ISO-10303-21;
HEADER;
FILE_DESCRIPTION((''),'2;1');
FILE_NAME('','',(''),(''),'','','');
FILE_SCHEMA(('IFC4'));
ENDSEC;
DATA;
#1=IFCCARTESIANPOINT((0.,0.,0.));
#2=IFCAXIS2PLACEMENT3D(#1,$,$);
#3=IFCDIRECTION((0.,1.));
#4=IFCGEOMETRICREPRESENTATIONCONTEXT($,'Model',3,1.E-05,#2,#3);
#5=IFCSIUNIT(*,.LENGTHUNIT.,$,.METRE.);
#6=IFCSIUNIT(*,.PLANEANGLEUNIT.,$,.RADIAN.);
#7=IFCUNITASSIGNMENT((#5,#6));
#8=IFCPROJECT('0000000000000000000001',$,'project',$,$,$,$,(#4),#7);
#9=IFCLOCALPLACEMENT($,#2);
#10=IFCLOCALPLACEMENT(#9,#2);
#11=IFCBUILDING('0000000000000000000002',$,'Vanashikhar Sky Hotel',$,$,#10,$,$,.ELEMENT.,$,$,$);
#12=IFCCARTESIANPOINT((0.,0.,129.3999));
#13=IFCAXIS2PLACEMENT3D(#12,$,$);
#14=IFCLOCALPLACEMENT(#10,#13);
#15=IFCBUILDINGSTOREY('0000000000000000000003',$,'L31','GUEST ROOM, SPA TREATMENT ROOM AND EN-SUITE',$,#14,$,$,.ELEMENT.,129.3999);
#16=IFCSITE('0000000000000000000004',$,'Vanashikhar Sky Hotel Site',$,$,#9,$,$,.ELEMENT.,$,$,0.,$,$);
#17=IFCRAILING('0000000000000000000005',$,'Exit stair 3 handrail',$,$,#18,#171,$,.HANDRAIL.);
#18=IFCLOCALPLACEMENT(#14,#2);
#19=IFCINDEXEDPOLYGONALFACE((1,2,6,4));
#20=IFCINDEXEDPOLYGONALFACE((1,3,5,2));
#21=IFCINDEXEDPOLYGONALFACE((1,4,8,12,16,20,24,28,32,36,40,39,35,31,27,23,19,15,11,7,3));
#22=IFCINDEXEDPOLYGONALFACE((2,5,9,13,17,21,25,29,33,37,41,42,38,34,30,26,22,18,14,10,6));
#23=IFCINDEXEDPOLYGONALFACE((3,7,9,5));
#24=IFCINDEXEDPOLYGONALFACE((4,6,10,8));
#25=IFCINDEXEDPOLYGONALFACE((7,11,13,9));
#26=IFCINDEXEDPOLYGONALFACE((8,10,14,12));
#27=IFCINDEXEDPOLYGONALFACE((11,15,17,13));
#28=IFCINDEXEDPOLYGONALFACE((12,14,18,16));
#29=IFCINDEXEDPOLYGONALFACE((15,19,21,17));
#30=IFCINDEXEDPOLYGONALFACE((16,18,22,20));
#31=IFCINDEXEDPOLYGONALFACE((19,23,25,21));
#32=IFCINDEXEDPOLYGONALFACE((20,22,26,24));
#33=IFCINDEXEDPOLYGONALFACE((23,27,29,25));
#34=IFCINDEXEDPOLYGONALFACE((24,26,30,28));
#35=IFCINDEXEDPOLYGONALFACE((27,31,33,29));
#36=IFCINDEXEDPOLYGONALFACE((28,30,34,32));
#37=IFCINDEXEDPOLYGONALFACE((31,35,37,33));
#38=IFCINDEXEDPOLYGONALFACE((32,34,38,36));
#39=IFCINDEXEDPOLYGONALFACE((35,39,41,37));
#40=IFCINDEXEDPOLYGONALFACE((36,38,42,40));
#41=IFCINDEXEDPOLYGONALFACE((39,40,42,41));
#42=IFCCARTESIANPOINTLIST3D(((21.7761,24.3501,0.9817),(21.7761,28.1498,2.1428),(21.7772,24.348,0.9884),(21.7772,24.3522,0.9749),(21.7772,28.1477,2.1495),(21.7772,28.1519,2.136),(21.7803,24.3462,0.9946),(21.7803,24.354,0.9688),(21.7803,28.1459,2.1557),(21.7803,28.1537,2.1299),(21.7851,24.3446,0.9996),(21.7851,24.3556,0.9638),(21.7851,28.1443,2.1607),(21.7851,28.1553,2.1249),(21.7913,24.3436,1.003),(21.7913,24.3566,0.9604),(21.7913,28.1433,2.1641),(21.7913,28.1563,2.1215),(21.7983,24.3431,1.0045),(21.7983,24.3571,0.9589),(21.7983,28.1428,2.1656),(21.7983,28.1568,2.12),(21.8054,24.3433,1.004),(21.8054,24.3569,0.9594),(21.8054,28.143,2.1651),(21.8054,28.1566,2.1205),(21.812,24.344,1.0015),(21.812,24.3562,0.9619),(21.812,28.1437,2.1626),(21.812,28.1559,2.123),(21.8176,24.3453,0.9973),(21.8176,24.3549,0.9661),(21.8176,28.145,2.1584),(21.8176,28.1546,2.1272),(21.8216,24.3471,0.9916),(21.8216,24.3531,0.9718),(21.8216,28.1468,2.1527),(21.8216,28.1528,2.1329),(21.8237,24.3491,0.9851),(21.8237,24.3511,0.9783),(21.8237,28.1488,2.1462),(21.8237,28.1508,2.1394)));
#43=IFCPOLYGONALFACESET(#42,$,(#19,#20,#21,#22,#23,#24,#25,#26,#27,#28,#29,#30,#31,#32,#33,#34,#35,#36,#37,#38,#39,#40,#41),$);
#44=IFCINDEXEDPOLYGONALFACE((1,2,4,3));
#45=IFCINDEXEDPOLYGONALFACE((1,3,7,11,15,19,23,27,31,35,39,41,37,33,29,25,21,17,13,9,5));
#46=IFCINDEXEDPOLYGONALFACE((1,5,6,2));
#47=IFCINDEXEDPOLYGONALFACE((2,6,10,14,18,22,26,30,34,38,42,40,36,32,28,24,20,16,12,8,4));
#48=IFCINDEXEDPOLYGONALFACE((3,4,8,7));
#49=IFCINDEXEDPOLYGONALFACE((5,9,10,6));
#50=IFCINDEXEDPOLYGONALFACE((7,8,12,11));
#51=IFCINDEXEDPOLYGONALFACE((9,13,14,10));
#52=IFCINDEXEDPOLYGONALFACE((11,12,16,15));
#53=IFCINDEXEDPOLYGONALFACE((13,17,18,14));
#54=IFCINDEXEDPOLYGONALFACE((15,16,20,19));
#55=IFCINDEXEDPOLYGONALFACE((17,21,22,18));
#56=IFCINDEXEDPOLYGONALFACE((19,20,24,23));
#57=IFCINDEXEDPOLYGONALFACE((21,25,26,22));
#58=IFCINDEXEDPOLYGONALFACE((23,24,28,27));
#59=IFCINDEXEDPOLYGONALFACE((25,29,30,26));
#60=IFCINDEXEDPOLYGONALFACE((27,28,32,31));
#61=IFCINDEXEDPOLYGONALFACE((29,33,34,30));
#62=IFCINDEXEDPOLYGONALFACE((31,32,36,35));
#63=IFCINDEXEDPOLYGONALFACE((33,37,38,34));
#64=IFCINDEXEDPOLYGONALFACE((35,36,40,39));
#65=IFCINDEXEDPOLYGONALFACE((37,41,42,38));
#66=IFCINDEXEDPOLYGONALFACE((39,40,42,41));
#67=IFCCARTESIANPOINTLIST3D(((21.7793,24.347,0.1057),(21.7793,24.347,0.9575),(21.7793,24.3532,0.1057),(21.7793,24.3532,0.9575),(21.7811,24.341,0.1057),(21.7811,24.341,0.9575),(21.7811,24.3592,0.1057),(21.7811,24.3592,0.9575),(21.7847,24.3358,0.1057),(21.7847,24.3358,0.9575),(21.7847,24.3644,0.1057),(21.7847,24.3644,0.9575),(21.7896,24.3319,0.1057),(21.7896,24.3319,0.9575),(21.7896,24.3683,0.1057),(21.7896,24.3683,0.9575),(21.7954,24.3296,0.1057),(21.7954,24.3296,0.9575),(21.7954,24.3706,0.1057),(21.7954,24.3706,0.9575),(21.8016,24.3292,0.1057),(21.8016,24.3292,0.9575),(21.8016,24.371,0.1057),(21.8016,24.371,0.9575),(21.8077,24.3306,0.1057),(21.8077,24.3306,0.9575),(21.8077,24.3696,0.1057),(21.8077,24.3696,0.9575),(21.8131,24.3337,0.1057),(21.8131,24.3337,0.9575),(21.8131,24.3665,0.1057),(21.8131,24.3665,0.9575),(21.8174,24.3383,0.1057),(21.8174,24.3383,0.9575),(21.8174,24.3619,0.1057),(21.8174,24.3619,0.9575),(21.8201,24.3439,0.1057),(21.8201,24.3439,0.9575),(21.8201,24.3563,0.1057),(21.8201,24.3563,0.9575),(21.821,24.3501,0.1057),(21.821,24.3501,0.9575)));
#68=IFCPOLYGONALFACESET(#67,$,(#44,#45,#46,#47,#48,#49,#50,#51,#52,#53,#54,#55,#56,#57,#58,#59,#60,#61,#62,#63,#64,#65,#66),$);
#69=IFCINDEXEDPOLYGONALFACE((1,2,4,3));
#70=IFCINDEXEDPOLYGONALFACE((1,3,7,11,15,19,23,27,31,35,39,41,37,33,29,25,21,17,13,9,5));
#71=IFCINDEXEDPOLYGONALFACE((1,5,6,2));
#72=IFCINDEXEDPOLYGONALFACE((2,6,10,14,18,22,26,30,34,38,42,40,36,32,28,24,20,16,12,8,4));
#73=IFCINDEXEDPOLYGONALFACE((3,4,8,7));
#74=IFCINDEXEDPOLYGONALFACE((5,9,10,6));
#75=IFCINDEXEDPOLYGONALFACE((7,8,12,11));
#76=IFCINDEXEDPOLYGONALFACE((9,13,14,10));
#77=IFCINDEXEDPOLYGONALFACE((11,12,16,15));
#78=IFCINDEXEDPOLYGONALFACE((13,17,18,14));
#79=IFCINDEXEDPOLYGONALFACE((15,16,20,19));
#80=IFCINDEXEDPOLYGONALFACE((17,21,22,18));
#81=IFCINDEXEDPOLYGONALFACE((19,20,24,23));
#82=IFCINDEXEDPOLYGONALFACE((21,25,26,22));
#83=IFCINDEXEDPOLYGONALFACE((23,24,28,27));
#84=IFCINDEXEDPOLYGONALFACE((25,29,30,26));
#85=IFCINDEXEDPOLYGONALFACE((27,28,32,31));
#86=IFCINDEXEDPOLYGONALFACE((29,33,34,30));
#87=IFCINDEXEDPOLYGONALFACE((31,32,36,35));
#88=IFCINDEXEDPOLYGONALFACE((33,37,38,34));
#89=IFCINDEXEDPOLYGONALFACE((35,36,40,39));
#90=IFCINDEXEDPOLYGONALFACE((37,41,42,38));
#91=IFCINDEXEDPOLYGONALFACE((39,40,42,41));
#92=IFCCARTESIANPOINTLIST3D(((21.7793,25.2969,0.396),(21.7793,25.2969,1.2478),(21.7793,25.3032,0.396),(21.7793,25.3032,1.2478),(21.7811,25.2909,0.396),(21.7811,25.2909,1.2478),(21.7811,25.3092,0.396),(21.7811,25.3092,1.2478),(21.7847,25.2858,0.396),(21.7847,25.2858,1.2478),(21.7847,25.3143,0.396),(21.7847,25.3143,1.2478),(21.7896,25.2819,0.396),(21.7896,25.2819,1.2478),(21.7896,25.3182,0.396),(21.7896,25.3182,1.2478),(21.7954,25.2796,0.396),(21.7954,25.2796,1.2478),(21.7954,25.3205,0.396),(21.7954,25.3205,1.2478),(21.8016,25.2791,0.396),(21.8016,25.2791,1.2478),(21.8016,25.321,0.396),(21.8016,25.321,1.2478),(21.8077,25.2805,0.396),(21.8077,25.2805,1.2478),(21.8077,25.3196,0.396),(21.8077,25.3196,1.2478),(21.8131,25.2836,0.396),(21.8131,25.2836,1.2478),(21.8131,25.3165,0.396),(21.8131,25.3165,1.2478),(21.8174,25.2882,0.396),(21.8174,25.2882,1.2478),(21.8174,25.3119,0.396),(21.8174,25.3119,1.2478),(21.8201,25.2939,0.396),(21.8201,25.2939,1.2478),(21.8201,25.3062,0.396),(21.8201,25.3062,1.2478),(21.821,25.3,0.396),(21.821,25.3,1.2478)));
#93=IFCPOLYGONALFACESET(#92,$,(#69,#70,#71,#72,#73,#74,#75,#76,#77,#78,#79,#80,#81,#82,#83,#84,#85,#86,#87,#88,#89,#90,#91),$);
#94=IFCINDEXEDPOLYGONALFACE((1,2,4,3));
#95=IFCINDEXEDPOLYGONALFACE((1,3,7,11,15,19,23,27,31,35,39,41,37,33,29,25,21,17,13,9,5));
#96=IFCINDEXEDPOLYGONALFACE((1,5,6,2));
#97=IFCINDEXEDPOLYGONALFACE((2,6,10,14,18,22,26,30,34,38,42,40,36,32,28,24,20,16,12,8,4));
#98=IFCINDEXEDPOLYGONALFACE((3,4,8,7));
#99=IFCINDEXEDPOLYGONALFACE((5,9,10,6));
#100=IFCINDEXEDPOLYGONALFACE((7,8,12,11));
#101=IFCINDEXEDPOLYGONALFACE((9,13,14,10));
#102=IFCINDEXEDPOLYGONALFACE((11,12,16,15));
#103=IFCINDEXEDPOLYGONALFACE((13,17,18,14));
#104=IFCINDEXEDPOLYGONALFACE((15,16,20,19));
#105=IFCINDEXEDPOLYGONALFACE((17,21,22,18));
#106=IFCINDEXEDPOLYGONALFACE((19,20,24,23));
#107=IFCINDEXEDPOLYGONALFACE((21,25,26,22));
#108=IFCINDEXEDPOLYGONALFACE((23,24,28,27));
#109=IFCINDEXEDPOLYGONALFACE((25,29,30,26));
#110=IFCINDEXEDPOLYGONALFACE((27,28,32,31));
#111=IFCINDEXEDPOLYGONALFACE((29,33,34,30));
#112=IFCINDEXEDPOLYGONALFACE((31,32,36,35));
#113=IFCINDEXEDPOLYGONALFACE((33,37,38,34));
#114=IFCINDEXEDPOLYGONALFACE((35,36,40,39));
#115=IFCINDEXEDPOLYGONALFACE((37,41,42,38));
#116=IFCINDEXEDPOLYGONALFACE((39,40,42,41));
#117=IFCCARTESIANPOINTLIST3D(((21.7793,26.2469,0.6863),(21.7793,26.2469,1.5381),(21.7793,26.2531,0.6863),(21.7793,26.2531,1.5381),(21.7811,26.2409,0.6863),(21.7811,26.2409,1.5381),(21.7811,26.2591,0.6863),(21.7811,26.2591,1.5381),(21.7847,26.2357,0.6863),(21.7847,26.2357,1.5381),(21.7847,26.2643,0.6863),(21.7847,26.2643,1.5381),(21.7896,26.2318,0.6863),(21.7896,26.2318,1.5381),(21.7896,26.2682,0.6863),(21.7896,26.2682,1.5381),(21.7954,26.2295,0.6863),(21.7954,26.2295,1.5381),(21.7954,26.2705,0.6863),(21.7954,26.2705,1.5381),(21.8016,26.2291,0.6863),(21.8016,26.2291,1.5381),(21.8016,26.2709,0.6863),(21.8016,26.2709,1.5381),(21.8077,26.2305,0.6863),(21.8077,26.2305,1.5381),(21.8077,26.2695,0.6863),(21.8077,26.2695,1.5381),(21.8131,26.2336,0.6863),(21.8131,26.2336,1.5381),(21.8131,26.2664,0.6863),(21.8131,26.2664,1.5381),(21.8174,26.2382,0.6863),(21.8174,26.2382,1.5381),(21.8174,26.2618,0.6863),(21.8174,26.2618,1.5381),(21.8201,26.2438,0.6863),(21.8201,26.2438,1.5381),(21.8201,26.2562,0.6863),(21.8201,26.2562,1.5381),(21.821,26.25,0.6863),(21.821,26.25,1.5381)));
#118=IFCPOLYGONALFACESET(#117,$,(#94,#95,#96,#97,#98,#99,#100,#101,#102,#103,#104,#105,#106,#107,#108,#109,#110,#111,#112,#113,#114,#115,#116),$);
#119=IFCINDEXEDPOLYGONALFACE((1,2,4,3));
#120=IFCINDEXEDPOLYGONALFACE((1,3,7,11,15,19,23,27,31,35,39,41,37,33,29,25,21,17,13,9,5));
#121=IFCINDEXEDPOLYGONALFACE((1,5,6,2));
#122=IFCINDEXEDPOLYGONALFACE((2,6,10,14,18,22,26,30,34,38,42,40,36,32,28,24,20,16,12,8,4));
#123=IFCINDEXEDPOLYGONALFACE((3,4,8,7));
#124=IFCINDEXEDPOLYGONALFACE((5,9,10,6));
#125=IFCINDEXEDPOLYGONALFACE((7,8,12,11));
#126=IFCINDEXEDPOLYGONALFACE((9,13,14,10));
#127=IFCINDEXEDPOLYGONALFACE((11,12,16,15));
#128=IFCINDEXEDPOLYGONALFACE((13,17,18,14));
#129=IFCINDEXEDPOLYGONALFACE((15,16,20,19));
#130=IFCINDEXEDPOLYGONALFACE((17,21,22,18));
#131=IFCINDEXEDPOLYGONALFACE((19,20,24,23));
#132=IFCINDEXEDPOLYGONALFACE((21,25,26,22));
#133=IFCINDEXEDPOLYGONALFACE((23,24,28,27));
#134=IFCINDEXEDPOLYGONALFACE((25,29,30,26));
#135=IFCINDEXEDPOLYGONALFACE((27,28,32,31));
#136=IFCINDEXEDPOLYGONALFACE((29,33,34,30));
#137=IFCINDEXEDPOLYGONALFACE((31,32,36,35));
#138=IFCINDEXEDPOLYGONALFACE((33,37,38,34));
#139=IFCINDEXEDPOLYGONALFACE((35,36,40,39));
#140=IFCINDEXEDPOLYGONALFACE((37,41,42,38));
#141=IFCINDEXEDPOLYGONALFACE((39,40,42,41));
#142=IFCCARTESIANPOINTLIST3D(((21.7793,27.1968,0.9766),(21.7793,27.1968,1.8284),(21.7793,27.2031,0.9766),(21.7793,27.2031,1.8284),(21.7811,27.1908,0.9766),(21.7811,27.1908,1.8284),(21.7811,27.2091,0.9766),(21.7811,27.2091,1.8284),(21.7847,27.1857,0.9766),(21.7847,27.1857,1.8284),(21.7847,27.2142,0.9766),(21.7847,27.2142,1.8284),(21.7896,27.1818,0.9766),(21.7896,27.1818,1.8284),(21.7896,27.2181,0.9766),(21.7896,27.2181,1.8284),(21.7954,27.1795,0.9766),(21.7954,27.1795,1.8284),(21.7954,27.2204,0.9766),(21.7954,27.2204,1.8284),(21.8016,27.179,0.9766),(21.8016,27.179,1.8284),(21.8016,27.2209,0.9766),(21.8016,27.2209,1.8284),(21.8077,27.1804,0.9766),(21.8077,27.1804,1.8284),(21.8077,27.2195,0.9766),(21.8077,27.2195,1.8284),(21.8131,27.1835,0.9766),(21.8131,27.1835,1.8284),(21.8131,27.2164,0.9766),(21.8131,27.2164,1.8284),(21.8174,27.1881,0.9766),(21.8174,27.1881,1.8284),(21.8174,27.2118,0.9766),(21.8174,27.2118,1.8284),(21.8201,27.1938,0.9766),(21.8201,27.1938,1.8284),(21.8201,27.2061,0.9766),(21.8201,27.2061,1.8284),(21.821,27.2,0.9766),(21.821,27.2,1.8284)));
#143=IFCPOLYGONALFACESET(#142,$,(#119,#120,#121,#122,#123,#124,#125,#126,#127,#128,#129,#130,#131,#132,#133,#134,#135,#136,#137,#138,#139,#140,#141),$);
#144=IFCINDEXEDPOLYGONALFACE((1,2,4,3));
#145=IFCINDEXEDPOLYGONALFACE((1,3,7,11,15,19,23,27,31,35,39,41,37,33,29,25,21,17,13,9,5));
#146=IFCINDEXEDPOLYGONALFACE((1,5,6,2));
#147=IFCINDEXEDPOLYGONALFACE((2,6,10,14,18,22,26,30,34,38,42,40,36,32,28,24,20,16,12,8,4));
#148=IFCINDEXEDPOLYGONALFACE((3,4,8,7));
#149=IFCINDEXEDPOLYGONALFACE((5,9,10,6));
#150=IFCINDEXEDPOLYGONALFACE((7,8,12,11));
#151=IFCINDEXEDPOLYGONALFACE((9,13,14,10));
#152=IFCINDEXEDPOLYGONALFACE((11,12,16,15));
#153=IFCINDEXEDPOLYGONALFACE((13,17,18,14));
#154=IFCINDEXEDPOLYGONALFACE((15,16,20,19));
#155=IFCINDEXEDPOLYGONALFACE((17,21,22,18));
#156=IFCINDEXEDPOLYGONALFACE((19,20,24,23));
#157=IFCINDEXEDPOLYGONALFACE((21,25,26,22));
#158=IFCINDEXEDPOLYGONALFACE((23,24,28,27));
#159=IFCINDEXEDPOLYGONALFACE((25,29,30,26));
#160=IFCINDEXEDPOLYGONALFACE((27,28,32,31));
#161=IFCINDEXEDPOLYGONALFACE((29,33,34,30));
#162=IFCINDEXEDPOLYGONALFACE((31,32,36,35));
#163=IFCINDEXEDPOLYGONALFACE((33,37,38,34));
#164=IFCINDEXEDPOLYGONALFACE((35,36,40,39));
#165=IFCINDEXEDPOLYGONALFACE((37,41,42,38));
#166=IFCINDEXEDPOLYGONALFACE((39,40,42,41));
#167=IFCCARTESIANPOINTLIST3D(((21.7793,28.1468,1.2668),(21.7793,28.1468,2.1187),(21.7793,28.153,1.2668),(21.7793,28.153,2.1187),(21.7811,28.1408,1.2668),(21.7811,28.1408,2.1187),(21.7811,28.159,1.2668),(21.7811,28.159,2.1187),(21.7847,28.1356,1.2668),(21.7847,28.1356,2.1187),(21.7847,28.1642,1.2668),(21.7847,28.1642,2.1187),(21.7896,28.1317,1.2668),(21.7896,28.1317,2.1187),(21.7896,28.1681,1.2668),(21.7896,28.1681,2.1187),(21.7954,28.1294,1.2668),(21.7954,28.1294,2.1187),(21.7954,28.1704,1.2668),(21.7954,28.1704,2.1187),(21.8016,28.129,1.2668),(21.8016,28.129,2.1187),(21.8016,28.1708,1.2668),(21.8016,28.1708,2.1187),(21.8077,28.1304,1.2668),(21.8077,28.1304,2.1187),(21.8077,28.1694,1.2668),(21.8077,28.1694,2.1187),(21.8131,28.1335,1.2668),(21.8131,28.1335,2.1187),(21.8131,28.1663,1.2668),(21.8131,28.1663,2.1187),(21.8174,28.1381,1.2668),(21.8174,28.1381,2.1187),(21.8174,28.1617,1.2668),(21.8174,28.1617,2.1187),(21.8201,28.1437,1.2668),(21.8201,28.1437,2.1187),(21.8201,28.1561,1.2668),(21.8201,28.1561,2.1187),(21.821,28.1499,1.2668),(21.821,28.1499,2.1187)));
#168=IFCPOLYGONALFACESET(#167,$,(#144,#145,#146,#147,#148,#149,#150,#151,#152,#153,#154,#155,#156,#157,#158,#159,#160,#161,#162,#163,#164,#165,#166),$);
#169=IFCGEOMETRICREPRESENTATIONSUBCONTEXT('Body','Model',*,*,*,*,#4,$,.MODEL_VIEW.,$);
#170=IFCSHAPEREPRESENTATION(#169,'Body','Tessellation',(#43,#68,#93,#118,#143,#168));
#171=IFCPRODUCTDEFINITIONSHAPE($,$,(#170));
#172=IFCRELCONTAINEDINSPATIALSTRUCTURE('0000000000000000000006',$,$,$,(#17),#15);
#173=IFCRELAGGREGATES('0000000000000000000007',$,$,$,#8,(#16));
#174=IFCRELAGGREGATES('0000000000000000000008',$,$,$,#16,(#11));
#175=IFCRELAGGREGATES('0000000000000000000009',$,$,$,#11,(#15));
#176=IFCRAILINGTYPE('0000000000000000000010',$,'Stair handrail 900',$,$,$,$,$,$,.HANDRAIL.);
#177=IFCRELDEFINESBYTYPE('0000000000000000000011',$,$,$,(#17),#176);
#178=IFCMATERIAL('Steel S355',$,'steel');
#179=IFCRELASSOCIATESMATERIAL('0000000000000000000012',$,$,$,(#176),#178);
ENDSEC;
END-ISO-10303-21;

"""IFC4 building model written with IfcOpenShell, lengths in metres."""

from ifc_helpers import new_model, si_unit, direction, frame, origin, origin_2d, place, context, subcontext, project, spatial, circle, extrude, source, transform, mapped, material, type_object, element, save


model = new_model("IFC4")

# Units and contexts
model_context = context("Model", 3, precision=1e-05, world=origin(), true_north=direction((0.0, 1.0)))
body_context = subcontext(model_context, "Body", "Model", "MODEL_VIEW")
ifc_project = project(units=[si_unit("LENGTHUNIT", "METRE"), si_unit("PLANEANGLEUNIT", "RADIAN")], contexts=[model_context])

# Site, building, storey
site_placement = place(None, origin())
site = spatial("IfcSite", under=ifc_project, at=site_placement, Name="Vanashikhar Sky Hotel Site", CompositionType="ELEMENT", RefElevation=0.0)
building_placement = place(site_placement, origin())
building = spatial("IfcBuilding", under=site, at=building_placement, Name="Vanashikhar Sky Hotel", CompositionType="ELEMENT")
storey_placement = place(building_placement, frame((0.0, 0.0, 129.3999)))
storey = spatial("IfcBuildingStorey", under=building, at=storey_placement, Name="L31", Description="GUEST ROOM, SPA TREATMENT ROOM AND EN-SUITE", CompositionType="ELEMENT", Elevation=129.3999)

# Railing
ifc_material_1 = material(Name="Steel S355", Category="steel")
railing_type_1 = type_object("IfcRailingType", Name="Stair handrail 900", PredefinedType="HANDRAIL", material=ifc_material_1)
shared_shape_1 = source(origin(), body_context, "Body", "SweptSolid", [
    extrude(circle(Radius=0.0239, at=origin_2d()), frame((0.0, 0.0, 0.876), z_axis=(0.0, 0.956346, 0.292237), x_axis=(-1.0, 0.0, 0.0)), (0.0, 0.0, 1.0), 3.9731),
    extrude(circle(Radius=0.021, at=origin_2d()), origin(), (0.0, 0.0, 1.0), 0.8518),
    extrude(circle(Radius=0.021, at=origin_2d()), frame((0.0, 0.95, 0.2903)), (0.0, 0.0, 1.0), 0.8518),
    extrude(circle(Radius=0.021, at=origin_2d()), frame((0.0, 1.8999, 0.5806)), (0.0, 0.0, 1.0), 0.8518),
    extrude(circle(Radius=0.021, at=origin_2d()), frame((0.0, 2.8499, 0.8708)), (0.0, 0.0, 1.0), 0.8518),
    extrude(circle(Radius=0.021, at=origin_2d()), frame((0.0, 3.7998, 1.1611)), (0.0, 0.0, 1.0), 0.8518),
])
for number, where, name in (
    (1, (21.8, 24.3501, 0.1057), "Exit stair 3 handrail"),
):
    element("IfcRailing", number, at=place(storey_placement, frame(where)), inside=storey, type_object=railing_type_1, Name=name, PredefinedType="HANDRAIL", context=body_context, shape_type="MappedRepresentation", body=[
        mapped(shared_shape_1, transform((0.0, 0.0, 0.0), scale=1.0)),
    ])

save(model, "model.ifc")
